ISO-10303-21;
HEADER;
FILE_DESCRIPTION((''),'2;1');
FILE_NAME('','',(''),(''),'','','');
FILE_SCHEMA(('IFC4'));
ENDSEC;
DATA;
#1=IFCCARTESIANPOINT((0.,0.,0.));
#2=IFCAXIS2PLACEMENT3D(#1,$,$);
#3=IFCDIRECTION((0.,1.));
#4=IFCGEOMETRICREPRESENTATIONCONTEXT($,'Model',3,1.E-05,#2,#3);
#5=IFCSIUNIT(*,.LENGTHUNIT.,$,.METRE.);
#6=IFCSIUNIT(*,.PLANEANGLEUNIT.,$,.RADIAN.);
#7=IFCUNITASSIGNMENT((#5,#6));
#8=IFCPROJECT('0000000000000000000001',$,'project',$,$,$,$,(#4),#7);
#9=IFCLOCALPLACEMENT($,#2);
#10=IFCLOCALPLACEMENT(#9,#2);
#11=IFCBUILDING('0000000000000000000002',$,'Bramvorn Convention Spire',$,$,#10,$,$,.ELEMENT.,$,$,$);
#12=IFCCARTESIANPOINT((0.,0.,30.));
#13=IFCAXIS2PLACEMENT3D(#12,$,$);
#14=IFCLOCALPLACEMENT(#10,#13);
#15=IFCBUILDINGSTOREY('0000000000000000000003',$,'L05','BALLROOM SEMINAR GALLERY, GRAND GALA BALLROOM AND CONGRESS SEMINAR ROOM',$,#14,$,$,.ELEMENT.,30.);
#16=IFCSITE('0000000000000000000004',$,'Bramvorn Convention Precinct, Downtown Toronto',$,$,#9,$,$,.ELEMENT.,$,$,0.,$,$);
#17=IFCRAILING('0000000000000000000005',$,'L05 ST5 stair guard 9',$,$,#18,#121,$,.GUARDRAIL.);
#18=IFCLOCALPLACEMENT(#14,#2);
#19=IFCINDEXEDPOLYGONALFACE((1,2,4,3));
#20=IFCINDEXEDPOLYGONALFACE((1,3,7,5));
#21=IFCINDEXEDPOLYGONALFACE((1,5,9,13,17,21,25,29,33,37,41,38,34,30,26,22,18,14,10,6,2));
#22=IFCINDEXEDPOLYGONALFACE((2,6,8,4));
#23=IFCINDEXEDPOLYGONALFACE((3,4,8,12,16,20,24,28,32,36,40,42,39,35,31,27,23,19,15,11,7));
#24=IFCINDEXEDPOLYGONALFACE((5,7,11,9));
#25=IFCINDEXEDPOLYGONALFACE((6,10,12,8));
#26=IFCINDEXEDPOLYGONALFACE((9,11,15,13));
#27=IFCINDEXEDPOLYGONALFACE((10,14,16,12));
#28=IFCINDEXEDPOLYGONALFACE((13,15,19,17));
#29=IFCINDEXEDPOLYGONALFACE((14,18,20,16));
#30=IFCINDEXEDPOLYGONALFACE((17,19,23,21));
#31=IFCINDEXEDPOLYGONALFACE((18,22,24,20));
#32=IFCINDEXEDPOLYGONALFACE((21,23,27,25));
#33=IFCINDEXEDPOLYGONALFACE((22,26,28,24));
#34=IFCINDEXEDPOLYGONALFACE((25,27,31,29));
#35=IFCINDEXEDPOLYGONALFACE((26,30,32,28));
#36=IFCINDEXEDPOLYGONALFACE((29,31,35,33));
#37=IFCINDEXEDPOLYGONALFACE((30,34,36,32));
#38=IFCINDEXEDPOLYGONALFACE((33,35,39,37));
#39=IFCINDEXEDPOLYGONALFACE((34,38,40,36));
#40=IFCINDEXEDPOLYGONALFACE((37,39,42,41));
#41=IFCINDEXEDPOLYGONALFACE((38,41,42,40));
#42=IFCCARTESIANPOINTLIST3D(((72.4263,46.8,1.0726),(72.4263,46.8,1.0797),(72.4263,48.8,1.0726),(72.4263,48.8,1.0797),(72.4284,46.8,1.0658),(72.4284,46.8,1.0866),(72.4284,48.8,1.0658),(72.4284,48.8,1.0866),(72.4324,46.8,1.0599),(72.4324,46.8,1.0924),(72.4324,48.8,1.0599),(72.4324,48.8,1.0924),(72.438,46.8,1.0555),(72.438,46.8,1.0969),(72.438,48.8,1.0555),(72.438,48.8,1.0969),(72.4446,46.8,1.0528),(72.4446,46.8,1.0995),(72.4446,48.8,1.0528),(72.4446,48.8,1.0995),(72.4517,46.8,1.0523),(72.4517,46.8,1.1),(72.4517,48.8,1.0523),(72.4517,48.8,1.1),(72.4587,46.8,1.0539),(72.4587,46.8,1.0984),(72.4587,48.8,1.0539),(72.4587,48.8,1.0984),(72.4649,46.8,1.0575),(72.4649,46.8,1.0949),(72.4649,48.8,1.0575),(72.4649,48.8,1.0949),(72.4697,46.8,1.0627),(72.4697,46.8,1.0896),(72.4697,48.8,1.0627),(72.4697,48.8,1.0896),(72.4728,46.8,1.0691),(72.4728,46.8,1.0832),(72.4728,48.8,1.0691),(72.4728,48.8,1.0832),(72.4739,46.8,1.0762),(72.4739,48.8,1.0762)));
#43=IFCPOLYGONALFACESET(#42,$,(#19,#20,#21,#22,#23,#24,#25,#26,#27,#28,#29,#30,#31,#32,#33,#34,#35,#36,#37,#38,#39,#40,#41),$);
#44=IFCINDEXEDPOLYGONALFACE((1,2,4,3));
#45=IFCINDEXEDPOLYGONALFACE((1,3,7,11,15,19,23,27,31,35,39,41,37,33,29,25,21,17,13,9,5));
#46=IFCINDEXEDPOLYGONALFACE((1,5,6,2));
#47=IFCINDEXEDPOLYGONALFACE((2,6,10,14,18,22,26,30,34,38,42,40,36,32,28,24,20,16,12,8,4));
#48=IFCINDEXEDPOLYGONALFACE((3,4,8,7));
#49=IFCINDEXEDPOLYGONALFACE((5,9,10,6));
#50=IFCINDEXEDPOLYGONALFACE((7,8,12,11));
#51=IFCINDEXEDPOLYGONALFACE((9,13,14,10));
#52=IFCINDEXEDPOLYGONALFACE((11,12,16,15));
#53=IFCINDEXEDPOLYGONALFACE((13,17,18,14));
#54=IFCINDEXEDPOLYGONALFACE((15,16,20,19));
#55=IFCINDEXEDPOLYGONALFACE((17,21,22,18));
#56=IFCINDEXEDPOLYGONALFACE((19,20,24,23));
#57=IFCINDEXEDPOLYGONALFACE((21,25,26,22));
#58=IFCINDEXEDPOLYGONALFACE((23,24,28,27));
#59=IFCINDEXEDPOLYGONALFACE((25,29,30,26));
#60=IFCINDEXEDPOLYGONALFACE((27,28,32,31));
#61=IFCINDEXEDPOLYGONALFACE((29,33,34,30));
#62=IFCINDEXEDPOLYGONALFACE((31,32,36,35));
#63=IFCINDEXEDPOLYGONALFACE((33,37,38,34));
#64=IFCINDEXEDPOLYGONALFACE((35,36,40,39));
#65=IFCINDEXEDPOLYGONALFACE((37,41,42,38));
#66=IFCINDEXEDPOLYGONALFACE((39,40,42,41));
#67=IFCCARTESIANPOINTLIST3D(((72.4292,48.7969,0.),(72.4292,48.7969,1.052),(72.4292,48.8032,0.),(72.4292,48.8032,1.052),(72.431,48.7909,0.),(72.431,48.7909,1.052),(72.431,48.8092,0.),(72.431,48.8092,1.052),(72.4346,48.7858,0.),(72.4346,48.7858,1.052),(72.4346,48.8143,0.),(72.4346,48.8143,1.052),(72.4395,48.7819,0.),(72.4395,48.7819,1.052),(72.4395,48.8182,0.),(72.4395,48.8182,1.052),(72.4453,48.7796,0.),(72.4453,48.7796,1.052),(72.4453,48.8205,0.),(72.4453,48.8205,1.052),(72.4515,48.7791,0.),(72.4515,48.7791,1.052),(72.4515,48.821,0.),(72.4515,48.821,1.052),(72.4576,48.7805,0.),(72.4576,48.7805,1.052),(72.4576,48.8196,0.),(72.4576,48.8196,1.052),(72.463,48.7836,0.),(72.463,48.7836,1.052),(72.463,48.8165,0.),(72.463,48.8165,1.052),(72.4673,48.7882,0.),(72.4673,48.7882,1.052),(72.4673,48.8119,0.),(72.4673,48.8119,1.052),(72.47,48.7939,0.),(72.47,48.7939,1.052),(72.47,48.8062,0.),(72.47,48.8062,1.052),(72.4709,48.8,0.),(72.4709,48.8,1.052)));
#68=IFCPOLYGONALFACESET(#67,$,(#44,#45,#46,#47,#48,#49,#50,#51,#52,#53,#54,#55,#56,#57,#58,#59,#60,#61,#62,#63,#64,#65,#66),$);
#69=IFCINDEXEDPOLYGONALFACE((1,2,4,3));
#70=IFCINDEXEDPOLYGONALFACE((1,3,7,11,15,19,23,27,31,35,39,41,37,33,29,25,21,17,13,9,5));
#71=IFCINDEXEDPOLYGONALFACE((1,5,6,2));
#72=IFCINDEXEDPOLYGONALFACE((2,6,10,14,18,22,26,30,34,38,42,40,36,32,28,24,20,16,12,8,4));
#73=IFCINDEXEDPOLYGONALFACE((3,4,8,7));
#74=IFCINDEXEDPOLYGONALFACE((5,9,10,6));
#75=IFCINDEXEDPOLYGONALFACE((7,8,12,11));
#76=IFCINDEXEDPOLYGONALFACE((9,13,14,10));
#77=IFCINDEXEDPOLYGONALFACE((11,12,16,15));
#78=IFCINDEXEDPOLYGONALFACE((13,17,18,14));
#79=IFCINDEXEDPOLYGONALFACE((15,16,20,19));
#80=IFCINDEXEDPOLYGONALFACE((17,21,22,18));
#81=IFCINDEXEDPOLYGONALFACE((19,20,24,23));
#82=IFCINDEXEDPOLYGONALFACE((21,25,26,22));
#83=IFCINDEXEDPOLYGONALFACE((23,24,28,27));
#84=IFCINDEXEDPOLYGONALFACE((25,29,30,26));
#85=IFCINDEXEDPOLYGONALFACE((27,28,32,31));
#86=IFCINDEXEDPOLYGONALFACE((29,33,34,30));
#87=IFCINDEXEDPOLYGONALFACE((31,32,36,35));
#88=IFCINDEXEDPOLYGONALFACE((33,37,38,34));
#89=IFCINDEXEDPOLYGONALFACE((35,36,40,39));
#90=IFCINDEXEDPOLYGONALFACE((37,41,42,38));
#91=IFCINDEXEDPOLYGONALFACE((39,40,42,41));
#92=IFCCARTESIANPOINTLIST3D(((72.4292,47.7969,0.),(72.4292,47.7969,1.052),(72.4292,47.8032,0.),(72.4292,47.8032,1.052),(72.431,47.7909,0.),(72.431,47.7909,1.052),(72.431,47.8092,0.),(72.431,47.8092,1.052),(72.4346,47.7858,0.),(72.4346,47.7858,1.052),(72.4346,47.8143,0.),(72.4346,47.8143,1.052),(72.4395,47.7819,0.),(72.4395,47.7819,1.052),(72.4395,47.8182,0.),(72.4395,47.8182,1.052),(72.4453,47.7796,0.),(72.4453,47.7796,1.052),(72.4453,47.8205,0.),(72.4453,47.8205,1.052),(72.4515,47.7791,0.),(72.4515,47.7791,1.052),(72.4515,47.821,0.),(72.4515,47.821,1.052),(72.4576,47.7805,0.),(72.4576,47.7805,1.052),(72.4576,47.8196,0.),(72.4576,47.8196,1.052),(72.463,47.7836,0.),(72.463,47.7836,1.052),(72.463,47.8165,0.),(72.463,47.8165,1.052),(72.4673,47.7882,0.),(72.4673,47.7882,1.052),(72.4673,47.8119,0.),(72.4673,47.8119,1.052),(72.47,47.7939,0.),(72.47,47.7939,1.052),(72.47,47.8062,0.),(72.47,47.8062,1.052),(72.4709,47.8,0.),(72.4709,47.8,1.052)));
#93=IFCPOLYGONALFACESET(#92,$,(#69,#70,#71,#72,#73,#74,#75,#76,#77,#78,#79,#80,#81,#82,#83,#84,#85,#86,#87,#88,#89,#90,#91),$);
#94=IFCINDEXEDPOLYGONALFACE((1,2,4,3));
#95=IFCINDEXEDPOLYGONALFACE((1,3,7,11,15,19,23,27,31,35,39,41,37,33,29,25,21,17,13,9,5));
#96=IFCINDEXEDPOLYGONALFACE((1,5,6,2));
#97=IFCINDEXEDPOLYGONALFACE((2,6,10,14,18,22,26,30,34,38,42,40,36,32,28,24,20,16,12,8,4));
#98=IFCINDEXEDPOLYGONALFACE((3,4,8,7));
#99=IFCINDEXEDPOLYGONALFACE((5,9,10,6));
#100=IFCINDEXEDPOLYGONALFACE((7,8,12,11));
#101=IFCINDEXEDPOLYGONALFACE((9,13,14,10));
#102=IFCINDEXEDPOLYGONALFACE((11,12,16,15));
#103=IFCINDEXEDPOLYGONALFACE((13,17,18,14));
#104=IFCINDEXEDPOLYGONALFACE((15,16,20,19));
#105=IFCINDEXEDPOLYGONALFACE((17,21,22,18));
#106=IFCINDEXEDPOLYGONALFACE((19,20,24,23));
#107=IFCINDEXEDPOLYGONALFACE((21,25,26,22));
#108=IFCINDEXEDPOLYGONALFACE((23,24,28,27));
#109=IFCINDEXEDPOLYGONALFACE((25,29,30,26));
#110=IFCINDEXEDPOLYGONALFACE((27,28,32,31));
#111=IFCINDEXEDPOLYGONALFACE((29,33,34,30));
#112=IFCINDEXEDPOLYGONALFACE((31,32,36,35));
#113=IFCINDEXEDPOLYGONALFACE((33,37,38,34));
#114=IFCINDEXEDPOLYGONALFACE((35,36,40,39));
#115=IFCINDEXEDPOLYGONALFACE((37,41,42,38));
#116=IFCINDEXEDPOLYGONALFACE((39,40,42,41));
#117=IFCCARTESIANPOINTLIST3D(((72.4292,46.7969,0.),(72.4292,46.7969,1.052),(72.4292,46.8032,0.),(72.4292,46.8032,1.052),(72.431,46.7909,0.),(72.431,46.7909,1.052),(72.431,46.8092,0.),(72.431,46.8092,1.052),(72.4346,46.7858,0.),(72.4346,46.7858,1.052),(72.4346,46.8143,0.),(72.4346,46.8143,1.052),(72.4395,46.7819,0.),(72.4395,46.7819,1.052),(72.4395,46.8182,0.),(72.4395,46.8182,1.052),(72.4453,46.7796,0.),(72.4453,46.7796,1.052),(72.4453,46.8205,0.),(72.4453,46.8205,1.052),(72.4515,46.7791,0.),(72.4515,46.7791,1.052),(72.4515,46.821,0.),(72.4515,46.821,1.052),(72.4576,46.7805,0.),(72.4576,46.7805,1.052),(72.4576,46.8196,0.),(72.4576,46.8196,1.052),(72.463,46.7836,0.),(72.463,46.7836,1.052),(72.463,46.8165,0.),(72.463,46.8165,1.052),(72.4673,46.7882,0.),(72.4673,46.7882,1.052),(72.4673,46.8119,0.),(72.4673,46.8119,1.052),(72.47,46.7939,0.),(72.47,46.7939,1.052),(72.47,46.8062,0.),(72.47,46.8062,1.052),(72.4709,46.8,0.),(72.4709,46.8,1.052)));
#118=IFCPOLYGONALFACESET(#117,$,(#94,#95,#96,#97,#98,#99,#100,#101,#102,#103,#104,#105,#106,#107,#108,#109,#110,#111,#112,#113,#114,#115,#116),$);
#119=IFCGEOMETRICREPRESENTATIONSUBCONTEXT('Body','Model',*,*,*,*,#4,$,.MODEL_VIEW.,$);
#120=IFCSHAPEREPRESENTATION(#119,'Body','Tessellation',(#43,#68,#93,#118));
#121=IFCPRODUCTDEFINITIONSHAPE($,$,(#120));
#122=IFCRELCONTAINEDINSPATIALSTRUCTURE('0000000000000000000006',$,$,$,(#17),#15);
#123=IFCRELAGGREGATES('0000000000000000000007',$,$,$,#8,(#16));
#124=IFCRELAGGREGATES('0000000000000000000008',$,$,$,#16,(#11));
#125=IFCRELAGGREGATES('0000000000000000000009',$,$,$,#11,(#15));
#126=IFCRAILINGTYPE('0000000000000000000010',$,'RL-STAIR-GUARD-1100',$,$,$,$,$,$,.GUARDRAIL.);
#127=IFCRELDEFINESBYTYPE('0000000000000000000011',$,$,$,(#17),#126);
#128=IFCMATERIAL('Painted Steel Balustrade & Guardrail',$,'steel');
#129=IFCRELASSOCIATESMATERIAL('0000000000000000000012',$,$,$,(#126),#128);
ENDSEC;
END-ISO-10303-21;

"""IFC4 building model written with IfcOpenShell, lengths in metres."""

from ifc_helpers import new_model, si_unit, direction, frame, origin, origin_2d, place, context, subcontext, project, spatial, circle, extrude, material, type_object, element, save


model = new_model("IFC4")

# Units and contexts
model_context = context("Model", 3, precision=1e-05, world=origin(), true_north=direction((0.0, 1.0)))
body_context = subcontext(model_context, "Body", "Model", "MODEL_VIEW")
ifc_project = project(units=[si_unit("LENGTHUNIT", "METRE"), si_unit("PLANEANGLEUNIT", "RADIAN")], contexts=[model_context])

# Site, building, storey
site_placement = place(None, origin())
site = spatial("IfcSite", under=ifc_project, at=site_placement, Name="Bramvorn Convention Precinct, Downtown Toronto", CompositionType="ELEMENT", RefElevation=0.0)
building_placement = place(site_placement, origin())
building = spatial("IfcBuilding", under=site, at=building_placement, Name="Bramvorn Convention Spire", CompositionType="ELEMENT")
storey_placement = place(building_placement, frame((0.0, 0.0, 30.0)))
storey = spatial("IfcBuildingStorey", under=building, at=storey_placement, Name="L05", Description="BALLROOM SEMINAR GALLERY, GRAND GALA BALLROOM AND CONGRESS SEMINAR ROOM", CompositionType="ELEMENT", Elevation=30.0)

# Railing
ifc_material_1 = material(Name="Painted Steel Balustrade & Guardrail", Category="steel")
railing_type_1 = type_object("IfcRailingType", Name="RL-STAIR-GUARD-1100", PredefinedType="GUARDRAIL", material=ifc_material_1)
for number, where, name in (
    (1, (72.45, 48.8, 0.0), "L05 ST5 stair guard 9"),
):
    element("IfcRailing", number, at=place(storey_placement, frame(where)), inside=storey, type_object=railing_type_1, Name=name, PredefinedType="GUARDRAIL", context=body_context, shape_type="SweptSolid", body=[
        extrude(circle(Radius=0.0239, at=origin_2d()), frame((0.0, 0.0, 1.0762), z_axis=(0.0, -1.0, 0.0), x_axis=(1.0, 0.0, 0.0)), (0.0, 0.0, 1.0), 2.0),
        extrude(circle(Radius=0.021, at=origin_2d()), origin(), (0.0, 0.0, 1.0), 1.052),
        extrude(circle(Radius=0.021, at=origin_2d()), frame((0.0, -1.0, 0.0)), (0.0, 0.0, 1.0), 1.052),
        extrude(circle(Radius=0.021, at=origin_2d()), frame((0.0, -2.0, 0.0)), (0.0, 0.0, 1.0), 1.052),
    ])

save(model, "model.ifc")
